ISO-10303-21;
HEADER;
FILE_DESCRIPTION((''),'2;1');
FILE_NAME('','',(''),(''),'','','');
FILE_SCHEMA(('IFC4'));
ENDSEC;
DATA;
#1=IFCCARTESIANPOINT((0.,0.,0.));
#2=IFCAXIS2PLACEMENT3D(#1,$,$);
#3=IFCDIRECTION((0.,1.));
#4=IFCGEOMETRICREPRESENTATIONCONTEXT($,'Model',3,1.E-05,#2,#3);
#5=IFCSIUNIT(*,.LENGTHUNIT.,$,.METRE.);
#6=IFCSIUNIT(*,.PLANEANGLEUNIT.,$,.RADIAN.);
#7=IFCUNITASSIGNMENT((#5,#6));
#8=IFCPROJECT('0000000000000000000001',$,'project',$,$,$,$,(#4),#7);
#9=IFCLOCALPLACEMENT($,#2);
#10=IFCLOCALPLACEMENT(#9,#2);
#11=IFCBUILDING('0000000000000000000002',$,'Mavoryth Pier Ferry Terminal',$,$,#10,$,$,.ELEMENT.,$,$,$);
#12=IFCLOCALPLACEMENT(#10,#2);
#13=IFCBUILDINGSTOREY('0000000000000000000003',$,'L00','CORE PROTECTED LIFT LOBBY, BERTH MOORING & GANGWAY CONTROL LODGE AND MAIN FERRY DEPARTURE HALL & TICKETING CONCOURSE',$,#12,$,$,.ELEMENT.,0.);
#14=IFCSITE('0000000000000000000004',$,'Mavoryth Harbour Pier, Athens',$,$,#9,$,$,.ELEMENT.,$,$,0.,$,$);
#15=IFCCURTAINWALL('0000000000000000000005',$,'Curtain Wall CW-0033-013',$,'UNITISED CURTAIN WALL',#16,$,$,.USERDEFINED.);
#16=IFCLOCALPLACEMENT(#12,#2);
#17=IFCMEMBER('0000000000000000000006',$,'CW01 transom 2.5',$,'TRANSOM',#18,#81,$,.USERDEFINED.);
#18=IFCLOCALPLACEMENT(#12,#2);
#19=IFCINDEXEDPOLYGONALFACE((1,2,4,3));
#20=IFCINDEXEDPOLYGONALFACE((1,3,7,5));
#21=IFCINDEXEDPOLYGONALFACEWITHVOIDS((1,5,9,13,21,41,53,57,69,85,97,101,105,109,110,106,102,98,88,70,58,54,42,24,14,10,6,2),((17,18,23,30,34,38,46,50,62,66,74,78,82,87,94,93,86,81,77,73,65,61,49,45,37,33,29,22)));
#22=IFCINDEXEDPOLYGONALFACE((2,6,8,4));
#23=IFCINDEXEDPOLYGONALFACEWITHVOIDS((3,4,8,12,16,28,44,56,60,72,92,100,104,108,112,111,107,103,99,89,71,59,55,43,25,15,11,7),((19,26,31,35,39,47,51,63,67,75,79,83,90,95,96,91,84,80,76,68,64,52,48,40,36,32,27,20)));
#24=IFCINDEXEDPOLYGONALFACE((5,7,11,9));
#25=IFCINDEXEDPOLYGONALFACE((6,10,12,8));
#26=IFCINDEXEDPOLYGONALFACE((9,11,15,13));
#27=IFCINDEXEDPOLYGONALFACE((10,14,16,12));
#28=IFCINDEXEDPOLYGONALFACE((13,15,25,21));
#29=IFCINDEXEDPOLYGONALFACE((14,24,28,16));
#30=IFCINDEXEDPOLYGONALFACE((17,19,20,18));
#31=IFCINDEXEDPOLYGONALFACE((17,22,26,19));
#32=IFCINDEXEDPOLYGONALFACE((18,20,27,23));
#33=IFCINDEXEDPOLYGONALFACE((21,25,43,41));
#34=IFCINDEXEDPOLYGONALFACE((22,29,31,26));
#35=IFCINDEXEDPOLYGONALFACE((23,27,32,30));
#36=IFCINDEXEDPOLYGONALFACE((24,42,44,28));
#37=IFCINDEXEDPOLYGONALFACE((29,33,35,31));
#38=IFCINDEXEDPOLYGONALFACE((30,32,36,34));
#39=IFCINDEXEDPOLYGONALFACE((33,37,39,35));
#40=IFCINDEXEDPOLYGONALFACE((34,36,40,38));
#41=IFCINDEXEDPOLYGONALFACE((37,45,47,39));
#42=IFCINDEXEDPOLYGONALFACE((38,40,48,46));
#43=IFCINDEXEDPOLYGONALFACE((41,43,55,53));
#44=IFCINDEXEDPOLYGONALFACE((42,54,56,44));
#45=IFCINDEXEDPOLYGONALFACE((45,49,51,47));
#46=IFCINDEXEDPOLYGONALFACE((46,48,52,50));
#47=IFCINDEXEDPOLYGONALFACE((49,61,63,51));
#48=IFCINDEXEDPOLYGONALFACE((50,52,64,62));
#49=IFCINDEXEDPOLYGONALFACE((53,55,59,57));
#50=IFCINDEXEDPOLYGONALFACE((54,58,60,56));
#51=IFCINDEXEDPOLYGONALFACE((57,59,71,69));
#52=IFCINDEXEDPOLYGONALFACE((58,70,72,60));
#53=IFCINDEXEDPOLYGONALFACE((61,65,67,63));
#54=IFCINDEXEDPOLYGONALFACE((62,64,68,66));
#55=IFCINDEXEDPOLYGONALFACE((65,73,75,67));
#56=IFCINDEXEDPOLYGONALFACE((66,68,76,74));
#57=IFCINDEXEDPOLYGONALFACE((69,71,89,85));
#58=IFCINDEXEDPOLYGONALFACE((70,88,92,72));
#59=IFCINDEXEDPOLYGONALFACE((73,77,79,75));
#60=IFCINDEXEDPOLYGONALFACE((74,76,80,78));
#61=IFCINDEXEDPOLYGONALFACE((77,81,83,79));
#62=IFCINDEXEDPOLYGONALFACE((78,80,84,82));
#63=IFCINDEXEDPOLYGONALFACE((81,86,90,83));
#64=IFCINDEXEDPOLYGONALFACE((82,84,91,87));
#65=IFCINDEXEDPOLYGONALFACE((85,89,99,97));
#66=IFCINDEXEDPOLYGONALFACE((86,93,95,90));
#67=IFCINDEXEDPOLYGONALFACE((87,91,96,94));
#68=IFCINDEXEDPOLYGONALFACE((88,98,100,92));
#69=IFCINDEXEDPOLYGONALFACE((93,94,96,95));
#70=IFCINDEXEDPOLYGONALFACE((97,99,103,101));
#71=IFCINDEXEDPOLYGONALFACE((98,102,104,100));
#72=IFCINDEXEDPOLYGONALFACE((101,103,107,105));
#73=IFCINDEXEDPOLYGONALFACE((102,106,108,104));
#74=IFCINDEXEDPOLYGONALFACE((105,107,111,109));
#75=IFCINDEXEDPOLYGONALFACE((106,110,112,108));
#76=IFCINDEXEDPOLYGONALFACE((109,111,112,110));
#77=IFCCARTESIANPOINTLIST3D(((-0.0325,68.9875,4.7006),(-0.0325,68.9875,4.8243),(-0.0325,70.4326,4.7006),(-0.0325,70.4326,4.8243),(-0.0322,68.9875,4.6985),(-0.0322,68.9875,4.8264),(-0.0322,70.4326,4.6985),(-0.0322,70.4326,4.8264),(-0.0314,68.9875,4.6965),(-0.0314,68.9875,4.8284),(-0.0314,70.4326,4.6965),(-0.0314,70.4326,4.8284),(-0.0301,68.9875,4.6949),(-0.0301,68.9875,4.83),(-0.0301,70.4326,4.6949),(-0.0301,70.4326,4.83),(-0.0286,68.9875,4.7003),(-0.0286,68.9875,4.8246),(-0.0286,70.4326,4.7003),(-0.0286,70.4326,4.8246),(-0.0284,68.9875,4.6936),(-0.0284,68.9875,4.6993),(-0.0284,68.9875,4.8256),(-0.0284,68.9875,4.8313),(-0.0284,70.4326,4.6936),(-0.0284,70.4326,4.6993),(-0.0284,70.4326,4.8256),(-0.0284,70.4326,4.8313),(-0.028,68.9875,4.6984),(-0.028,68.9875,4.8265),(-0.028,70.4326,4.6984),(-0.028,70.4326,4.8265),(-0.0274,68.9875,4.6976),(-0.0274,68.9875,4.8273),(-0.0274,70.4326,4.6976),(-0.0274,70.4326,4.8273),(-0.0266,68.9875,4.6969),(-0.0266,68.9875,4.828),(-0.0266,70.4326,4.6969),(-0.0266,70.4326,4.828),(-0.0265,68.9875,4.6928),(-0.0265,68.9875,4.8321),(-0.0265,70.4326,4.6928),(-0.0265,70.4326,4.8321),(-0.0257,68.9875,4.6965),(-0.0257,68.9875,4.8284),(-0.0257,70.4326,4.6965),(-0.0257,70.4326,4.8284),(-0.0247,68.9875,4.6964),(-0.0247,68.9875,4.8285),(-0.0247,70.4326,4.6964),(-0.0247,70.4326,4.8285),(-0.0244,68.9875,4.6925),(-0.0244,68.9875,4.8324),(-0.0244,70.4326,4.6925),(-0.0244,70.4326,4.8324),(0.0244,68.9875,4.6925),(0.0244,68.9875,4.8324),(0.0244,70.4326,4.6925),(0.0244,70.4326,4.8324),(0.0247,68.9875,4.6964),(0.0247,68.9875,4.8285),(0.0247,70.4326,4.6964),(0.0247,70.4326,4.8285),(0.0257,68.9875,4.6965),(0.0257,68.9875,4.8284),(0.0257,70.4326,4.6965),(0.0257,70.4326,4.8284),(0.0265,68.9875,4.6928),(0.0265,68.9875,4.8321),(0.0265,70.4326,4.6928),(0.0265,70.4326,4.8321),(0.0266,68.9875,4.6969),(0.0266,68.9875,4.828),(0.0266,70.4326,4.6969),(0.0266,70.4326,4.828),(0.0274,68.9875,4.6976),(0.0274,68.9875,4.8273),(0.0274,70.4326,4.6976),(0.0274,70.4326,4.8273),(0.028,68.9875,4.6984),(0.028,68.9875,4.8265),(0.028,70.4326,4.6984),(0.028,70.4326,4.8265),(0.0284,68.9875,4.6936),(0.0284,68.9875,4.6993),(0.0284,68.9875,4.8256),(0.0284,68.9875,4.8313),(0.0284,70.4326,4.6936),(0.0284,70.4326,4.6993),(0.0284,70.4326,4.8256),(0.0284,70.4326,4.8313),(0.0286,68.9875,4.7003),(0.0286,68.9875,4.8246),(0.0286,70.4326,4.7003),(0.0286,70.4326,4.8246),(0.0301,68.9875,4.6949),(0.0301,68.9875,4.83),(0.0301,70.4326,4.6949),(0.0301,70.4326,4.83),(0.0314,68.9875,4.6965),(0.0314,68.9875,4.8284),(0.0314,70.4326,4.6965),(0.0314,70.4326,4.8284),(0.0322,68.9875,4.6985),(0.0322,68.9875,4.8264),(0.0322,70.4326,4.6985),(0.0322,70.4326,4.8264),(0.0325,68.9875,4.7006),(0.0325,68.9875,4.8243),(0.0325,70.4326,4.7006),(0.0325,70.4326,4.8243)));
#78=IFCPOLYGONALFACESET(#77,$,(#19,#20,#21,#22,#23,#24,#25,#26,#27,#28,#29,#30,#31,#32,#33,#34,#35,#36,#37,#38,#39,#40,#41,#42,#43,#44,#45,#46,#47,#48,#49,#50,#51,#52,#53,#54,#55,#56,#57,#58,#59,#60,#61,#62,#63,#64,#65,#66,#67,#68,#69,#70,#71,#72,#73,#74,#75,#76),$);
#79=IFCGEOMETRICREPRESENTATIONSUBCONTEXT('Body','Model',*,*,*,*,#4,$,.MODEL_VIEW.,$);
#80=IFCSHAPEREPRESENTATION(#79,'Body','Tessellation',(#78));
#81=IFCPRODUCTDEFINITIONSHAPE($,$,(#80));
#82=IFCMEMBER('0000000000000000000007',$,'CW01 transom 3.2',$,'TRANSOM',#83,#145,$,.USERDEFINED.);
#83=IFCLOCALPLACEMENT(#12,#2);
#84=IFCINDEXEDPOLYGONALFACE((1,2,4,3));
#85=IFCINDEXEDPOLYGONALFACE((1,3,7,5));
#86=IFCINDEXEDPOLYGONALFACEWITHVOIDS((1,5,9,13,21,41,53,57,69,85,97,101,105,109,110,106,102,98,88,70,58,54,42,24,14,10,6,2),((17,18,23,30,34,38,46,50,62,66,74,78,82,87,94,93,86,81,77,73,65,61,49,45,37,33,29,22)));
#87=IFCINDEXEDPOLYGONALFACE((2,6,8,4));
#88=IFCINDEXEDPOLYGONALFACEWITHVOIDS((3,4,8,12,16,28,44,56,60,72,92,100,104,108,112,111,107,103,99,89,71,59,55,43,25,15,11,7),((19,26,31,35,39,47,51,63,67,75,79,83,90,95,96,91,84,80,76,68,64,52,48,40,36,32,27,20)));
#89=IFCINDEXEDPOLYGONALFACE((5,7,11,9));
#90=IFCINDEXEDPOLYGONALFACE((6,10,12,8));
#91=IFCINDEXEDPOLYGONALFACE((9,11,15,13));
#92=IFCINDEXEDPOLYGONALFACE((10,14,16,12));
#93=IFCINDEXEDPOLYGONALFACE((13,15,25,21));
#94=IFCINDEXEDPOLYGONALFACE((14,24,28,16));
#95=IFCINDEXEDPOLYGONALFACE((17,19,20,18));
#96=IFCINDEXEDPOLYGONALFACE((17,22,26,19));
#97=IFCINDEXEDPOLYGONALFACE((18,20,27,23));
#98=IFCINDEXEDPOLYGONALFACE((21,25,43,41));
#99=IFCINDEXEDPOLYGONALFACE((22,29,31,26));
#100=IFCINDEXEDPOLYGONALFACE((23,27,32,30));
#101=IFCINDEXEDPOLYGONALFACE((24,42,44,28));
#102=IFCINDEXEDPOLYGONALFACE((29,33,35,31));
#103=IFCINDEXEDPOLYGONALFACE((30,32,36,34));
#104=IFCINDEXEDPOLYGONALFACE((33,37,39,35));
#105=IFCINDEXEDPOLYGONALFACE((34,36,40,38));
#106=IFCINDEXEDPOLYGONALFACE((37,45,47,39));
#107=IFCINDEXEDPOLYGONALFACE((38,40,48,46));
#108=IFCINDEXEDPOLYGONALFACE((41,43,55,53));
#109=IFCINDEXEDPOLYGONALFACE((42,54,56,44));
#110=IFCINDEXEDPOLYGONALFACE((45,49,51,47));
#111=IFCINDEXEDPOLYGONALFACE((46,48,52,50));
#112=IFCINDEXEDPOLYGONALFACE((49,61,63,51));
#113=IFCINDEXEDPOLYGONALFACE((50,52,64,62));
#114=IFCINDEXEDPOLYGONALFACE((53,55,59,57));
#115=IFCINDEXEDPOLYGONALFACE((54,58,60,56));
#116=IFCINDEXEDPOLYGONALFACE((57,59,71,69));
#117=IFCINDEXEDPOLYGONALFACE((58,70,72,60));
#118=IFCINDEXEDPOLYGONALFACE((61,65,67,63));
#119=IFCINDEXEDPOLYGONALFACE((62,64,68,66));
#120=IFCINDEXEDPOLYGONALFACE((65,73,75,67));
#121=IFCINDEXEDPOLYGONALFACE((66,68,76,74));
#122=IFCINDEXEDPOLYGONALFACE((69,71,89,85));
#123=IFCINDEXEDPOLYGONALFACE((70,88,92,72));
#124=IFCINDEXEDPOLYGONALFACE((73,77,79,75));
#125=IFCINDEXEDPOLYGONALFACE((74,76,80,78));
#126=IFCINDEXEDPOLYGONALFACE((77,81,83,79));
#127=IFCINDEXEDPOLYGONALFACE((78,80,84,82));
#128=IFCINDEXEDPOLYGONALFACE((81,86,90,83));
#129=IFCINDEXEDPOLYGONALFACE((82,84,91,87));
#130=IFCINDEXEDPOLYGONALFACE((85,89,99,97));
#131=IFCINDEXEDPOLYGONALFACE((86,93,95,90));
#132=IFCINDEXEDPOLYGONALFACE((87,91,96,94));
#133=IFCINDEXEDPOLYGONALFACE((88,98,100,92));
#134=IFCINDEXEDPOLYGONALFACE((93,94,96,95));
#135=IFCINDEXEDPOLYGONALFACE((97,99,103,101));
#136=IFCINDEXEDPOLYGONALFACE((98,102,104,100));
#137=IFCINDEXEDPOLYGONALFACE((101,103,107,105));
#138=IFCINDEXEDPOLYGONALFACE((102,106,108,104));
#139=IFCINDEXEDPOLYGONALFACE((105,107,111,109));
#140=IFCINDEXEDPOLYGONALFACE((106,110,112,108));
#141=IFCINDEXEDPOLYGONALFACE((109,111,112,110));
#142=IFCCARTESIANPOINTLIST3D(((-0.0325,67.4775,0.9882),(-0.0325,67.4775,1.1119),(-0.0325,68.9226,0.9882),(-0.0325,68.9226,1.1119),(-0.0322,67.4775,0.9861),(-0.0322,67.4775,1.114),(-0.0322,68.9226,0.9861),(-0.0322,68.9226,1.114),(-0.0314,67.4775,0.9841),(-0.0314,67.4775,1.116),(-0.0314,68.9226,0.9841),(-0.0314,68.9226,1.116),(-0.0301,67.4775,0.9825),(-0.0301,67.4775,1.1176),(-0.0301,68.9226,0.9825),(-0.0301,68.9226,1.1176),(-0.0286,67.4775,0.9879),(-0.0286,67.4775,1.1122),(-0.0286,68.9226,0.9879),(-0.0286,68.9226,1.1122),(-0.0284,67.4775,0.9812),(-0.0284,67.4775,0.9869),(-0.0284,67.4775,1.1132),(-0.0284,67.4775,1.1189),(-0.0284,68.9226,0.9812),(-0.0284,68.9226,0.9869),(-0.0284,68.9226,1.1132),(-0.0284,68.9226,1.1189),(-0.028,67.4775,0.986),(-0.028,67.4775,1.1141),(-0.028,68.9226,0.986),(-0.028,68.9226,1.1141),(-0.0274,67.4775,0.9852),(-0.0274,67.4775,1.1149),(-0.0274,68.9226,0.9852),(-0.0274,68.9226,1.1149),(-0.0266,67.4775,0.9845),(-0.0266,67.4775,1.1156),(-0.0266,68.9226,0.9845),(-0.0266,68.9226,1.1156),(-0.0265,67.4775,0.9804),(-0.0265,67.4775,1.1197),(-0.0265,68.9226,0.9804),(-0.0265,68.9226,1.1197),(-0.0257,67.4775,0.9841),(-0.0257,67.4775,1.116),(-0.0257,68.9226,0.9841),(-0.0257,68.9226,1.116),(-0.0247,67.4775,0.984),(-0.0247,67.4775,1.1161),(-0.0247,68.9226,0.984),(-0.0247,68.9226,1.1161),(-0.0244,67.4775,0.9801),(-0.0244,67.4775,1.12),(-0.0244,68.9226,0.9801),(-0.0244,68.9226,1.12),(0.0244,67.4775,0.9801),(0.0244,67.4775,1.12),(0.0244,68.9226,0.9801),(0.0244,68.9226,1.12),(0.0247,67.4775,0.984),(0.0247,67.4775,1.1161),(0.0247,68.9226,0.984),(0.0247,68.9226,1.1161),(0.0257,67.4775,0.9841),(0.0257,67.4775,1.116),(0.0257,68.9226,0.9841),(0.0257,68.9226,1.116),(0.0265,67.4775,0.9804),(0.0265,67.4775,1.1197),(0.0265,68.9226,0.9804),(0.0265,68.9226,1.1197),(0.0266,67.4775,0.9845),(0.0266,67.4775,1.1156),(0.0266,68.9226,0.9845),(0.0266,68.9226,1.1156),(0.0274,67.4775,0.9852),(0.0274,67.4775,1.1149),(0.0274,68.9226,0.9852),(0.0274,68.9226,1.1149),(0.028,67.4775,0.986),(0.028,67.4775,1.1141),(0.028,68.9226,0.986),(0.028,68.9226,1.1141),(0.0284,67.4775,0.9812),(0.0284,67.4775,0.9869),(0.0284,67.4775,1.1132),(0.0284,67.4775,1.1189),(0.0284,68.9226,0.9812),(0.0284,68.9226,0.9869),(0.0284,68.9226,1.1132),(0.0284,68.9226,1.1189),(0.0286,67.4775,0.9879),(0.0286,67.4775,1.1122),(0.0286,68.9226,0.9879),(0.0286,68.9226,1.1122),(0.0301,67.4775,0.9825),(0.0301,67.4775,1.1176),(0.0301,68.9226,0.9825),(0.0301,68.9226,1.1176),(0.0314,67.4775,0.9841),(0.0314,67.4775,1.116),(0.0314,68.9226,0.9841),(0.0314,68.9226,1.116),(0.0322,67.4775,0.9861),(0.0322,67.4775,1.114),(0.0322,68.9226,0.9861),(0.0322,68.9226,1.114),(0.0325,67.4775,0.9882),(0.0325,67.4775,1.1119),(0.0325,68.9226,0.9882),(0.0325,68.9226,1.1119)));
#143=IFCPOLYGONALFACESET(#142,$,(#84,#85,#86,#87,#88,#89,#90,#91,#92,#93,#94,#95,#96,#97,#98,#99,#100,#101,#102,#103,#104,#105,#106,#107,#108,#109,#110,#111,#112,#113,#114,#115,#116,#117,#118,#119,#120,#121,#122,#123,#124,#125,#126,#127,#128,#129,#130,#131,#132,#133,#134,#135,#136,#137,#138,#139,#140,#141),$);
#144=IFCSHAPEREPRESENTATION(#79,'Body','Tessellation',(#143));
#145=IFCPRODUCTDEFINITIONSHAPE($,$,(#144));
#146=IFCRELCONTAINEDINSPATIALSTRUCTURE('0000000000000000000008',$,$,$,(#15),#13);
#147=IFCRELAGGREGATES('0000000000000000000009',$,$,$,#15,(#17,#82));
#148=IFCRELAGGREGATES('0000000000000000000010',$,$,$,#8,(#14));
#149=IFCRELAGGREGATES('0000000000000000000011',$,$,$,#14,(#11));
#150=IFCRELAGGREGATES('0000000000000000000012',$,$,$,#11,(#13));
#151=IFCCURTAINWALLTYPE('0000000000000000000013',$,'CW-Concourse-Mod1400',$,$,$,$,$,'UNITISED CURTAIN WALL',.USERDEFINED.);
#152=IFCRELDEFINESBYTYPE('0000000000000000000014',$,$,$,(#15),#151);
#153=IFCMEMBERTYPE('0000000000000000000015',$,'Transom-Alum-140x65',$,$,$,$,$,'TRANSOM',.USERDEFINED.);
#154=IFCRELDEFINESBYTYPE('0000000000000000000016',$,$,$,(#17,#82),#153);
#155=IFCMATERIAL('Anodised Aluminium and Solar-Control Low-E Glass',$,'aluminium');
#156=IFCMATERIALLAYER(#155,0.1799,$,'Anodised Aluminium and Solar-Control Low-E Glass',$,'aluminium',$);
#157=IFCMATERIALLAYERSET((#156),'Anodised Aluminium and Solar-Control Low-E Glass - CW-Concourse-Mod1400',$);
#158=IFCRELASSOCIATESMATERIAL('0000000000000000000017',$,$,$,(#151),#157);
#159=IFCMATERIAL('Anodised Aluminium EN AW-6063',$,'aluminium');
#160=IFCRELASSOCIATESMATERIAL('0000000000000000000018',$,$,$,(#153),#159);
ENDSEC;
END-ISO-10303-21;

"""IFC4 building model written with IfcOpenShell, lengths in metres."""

from ifc_helpers import new_model, si_unit, direction, frame, origin, origin_2d, place, context, subcontext, project, spatial, hollow_rectangle, extrude, material, layer, layer_set, material_profile, profile_set, type_object, element, aggregate, save


model = new_model("IFC4")

# Units and contexts
model_context = context("Model", 3, precision=1e-05, world=origin(), true_north=direction((0.0, 1.0)))
body_context = subcontext(model_context, "Body", "Model", "MODEL_VIEW")
ifc_project = project(units=[si_unit("LENGTHUNIT", "METRE"), si_unit("PLANEANGLEUNIT", "RADIAN")], contexts=[model_context])

# Site, building, storey
site_placement = place(None, origin())
site = spatial("IfcSite", under=ifc_project, at=site_placement, Name="Mavoryth Harbour Pier, Athens", CompositionType="ELEMENT", RefElevation=0.0)
building_placement = place(site_placement, origin())
building = spatial("IfcBuilding", under=site, at=building_placement, Name="Mavoryth Pier Ferry Terminal", CompositionType="ELEMENT")
storey_placement = place(building_placement, origin())
storey = spatial("IfcBuildingStorey", under=building, at=storey_placement, Name="L00", Description="CORE PROTECTED LIFT LOBBY, BERTH MOORING & GANGWAY CONTROL LODGE AND MAIN FERRY DEPARTURE HALL & TICKETING CONCOURSE", CompositionType="ELEMENT", Elevation=0.0)

# Curtain wall, members
ifc_material_1 = material(Name="Anodised Aluminium and Solar-Control Low-E Glass", Category="aluminium")
ifc_layer_1 = layer(ifc_material_1, 0.1799, Name="Anodised Aluminium and Solar-Control Low-E Glass", Category="aluminium")
ifc_layer_set_1 = layer_set([ifc_layer_1], Name="Anodised Aluminium and Solar-Control Low-E Glass - CW-Concourse-Mod1400")
curtain_wall_type = type_object("IfcCurtainWallType", Name="CW-Concourse-Mod1400", ElementType="UNITISED CURTAIN WALL", PredefinedType="USERDEFINED", material=ifc_layer_set_1)
curtain_wall_placement = place(storey_placement, origin())
curtain_wall = element("IfcCurtainWall", 1, at=curtain_wall_placement, inside=storey, type_object=curtain_wall_type, Name="Curtain Wall CW-0033-013", ObjectType="UNITISED CURTAIN WALL", PredefinedType="USERDEFINED")
ifc_material_2 = material(Name="Anodised Aluminium EN AW-6063", Category="aluminium")
ifc_material_profile_1 = material_profile(ifc_material_2, hollow_rectangle(XDim=0.0649, YDim=0.1399, WallThickness=0.0039, InnerFilletRadius=0.0039, OuterFilletRadius=0.0081, at=origin_2d()), Name="AL-TRAN 140x65x4", Category="aluminium")
ifc_profile_set_1 = profile_set([ifc_material_profile_1], Name="Anodised Aluminium EN AW-6063 - AL-TRAN 140x65x4")
member_type_1 = type_object("IfcMemberType", Name="Transom-Alum-140x65", ElementType="TRANSOM", PredefinedType="USERDEFINED", material=ifc_profile_set_1)
member_1_placement = place(storey_placement, frame((0.0, 70.4326, 4.7625), z_axis=(0.0, -1.0, 0.0), x_axis=(1.0, 0.0, 0.0)))
member_1 = element("IfcMember", 2, at=member_1_placement, type_object=member_type_1, Name="CW01 transom 2.5", ObjectType="TRANSOM", PredefinedType="USERDEFINED", context=body_context, shape_type="SweptSolid", body=[
    extrude(hollow_rectangle(XDim=0.0649, YDim=0.1399, WallThickness=0.0039, InnerFilletRadius=0.0039, OuterFilletRadius=0.0081, at=origin_2d()), origin(), (0.0, 0.0, 1.0), 1.4451),
])
member_2_placement = place(storey_placement, frame((0.0, 68.9226, 1.05), z_axis=(0.0, -1.0, 0.0), x_axis=(1.0, 0.0, 0.0)))
member_2 = element("IfcMember", 3, at=member_2_placement, type_object=member_type_1, Name="CW01 transom 3.2", ObjectType="TRANSOM", PredefinedType="USERDEFINED", context=body_context, shape_type="SweptSolid", body=[
    extrude(hollow_rectangle(XDim=0.0649, YDim=0.1399, WallThickness=0.0039, InnerFilletRadius=0.0039, OuterFilletRadius=0.0081, at=origin_2d()), origin(), (0.0, 0.0, 1.0), 1.4451),
])
aggregate(curtain_wall, [member_1, member_2])

save(model, "model.ifc")
